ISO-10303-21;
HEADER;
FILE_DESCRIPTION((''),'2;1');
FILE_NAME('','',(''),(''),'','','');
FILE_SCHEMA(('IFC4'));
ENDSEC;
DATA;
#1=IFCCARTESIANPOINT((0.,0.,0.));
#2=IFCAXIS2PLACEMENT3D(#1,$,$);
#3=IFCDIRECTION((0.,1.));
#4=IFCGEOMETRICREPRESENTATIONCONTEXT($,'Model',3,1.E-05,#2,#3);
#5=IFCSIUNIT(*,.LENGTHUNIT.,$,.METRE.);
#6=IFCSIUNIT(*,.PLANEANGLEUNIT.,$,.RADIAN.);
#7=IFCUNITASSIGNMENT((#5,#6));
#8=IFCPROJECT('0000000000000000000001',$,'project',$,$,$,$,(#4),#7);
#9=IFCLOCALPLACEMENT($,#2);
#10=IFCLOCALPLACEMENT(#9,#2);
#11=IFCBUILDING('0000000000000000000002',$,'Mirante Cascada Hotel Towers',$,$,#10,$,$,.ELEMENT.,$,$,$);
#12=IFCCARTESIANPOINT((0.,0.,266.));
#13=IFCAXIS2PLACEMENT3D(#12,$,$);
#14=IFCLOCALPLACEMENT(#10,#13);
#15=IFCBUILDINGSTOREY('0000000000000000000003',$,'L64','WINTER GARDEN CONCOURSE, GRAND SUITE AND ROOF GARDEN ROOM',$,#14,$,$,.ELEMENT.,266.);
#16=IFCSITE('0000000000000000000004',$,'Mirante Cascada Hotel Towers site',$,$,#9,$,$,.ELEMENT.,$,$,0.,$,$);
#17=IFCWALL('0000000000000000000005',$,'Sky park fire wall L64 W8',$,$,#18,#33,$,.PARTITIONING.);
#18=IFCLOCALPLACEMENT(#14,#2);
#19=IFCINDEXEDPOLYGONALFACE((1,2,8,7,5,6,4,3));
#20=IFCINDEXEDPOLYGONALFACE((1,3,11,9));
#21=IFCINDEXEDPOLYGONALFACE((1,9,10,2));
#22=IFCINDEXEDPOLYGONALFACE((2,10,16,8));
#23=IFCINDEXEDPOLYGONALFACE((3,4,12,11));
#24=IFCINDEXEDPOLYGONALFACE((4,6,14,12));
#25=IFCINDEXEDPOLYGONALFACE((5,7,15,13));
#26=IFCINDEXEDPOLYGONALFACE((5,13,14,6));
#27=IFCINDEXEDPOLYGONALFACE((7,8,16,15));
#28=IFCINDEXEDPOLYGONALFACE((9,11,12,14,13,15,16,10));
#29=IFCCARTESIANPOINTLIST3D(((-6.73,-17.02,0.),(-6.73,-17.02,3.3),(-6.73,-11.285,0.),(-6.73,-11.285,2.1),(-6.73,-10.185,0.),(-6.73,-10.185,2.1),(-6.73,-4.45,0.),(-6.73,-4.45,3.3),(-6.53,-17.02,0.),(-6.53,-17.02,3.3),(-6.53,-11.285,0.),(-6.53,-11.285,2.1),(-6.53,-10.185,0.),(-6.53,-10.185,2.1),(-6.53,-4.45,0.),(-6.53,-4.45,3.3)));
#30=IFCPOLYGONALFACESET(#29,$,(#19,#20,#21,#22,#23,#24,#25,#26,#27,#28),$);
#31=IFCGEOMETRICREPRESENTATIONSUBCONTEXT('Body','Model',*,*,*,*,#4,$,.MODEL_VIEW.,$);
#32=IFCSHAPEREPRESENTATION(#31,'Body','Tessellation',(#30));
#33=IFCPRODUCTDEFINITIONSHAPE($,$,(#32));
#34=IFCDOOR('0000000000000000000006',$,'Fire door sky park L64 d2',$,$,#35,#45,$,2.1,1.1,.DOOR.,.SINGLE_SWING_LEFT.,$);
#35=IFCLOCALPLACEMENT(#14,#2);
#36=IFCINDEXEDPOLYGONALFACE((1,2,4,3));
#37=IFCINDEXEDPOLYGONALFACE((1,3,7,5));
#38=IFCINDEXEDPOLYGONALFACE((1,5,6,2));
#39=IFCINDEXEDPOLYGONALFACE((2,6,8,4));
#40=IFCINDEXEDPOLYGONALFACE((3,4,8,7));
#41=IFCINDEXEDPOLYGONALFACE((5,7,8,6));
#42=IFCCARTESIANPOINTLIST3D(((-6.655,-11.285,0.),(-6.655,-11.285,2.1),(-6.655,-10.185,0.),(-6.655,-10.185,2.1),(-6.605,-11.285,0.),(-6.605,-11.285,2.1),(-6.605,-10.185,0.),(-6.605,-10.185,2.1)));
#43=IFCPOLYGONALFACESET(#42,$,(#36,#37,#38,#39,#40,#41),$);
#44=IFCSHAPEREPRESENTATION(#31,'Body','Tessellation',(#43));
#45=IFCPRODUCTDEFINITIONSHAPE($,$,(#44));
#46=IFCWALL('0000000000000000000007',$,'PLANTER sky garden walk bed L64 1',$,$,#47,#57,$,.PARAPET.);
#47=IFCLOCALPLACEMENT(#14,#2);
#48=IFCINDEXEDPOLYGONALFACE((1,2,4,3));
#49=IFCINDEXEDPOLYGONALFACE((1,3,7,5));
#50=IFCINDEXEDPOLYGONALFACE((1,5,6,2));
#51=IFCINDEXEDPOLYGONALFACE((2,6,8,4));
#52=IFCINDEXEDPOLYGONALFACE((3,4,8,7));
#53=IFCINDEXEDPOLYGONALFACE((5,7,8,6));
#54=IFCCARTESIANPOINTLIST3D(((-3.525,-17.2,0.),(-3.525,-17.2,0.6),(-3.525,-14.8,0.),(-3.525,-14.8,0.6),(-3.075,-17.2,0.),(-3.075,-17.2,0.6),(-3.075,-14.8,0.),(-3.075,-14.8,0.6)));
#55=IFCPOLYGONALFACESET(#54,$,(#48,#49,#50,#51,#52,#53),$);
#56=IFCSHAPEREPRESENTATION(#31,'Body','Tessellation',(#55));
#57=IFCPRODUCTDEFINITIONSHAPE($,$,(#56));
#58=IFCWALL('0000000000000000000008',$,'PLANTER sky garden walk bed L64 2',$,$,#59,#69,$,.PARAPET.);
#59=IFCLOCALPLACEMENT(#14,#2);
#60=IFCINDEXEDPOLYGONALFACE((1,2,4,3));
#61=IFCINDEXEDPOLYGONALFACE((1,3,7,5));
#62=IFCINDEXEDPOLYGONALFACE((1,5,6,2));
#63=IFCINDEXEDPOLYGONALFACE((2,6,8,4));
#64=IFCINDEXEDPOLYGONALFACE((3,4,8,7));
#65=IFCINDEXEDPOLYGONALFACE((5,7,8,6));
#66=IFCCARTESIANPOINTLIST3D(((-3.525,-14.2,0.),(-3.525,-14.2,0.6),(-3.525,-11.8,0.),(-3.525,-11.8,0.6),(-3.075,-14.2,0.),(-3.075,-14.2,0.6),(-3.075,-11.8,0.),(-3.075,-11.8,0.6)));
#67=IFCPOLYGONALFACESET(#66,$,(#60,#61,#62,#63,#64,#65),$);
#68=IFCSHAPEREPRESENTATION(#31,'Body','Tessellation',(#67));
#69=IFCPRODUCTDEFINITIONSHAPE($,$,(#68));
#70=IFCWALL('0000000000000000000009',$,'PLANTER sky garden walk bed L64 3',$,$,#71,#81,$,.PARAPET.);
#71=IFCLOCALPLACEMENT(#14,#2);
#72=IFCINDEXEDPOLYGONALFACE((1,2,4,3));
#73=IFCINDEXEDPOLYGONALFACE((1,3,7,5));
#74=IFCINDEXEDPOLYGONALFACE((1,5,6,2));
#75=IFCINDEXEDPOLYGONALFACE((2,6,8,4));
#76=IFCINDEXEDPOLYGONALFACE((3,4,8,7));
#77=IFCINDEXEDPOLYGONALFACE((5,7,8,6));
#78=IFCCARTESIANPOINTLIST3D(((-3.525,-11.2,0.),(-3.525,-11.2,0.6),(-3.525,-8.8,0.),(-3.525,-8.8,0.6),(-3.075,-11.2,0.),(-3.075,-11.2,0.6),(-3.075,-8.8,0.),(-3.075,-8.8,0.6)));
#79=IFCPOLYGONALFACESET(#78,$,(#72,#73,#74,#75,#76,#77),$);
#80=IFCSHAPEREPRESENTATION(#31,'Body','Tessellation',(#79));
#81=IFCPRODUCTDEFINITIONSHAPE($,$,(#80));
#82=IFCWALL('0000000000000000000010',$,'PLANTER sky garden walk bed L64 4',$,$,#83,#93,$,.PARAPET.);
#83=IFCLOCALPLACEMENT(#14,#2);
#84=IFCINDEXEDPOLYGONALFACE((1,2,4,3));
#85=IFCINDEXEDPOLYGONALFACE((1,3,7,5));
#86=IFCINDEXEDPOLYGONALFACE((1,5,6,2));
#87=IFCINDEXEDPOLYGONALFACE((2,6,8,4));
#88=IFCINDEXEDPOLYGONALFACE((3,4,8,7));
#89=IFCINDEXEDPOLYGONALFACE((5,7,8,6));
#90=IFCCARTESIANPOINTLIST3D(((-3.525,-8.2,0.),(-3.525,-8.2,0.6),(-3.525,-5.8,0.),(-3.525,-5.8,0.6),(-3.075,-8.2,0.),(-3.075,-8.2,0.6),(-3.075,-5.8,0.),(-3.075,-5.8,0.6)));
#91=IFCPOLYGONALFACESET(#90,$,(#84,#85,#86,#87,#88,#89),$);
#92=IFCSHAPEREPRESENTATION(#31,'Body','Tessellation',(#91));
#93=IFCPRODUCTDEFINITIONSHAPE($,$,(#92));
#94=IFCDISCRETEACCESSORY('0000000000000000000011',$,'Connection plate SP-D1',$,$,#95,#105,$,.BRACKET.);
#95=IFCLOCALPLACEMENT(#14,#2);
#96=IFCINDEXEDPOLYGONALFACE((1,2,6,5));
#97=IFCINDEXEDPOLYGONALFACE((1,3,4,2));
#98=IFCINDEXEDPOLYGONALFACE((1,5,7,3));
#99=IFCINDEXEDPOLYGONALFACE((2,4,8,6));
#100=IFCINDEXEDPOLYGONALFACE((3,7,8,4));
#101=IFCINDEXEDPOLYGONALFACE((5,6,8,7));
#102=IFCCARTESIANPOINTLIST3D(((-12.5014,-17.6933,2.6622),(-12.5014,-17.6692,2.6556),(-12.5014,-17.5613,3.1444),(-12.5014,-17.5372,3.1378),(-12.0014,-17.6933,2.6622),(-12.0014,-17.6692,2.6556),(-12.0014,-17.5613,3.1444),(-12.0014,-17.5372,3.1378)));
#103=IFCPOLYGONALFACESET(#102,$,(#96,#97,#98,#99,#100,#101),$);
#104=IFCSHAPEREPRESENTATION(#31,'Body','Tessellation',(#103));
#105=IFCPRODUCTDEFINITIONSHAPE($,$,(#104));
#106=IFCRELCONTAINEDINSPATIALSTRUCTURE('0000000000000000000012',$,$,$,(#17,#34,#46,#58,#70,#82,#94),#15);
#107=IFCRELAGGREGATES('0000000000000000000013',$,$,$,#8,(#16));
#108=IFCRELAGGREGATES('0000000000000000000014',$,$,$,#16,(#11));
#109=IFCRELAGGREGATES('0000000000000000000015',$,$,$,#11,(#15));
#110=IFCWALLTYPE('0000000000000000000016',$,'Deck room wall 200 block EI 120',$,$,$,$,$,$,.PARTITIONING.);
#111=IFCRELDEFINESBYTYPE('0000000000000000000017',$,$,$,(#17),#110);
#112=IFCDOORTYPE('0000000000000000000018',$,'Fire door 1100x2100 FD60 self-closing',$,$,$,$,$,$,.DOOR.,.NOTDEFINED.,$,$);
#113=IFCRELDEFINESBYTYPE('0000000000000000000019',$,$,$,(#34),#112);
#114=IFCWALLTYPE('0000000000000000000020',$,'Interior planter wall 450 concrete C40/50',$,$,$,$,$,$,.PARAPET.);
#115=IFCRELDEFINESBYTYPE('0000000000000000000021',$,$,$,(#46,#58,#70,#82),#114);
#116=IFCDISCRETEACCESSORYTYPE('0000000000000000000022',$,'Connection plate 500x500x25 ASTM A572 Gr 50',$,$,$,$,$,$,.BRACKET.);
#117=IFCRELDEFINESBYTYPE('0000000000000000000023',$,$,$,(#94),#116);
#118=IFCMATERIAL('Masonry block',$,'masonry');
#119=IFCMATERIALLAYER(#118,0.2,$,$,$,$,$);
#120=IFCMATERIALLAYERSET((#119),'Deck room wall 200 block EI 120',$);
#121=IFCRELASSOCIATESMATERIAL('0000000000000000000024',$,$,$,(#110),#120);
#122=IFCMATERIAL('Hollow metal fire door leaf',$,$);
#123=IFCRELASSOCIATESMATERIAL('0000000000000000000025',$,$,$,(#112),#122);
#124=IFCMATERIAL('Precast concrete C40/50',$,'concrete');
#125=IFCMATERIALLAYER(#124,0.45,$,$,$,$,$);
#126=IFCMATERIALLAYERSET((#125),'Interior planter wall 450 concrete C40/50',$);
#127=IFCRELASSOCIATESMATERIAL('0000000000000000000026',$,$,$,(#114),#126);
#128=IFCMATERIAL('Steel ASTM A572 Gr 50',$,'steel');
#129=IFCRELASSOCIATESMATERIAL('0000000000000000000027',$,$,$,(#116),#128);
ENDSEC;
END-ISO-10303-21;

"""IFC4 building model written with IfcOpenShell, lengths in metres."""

from ifc_helpers import new_model, si_unit, direction, frame, frame_2d, origin, origin_2d, place, context, subcontext, project, spatial, rectangle, extrude, material, layer, layer_set, material_profile, profile_set, type_object, element, fill, save


model = new_model("IFC4")

# Units and contexts
model_context = context("Model", 3, precision=1e-05, world=origin(), true_north=direction((0.0, 1.0)))
body_context = subcontext(model_context, "Body", "Model", "MODEL_VIEW")
ifc_project = project(units=[si_unit("LENGTHUNIT", "METRE"), si_unit("PLANEANGLEUNIT", "RADIAN")], contexts=[model_context])

# Site, building, storey
site_placement = place(None, origin())
site = spatial("IfcSite", under=ifc_project, at=site_placement, Name="Mirante Cascada Hotel Towers site", CompositionType="ELEMENT", RefElevation=0.0)
building_placement = place(site_placement, origin())
building = spatial("IfcBuilding", under=site, at=building_placement, Name="Mirante Cascada Hotel Towers", CompositionType="ELEMENT")
storey_placement = place(building_placement, frame((0.0, 0.0, 266.0)))
storey = spatial("IfcBuildingStorey", under=building, at=storey_placement, Name="L64", Description="WINTER GARDEN CONCOURSE, GRAND SUITE AND ROOF GARDEN ROOM", CompositionType="ELEMENT", Elevation=266.0)

# Shared definitions
ifc_material_1 = material(Name="Masonry block", Category="masonry")
ifc_layer_1 = layer(ifc_material_1, 0.2)
ifc_layer_set_1 = layer_set([ifc_layer_1], Name="Deck room wall 200 block EI 120")
wall_type_1 = type_object("IfcWallType", Name="Deck room wall 200 block EI 120", PredefinedType="PARTITIONING", material=ifc_layer_set_1)

# Wall, opening, door
wall_1_placement = place(storey_placement, frame((-6.63, -17.02, 0.0), z_axis=(0.0, 0.0, 1.0), x_axis=(0.0, 1.0, 0.0)))
wall_1 = element("IfcWall", 1, at=wall_1_placement, inside=storey, type_object=wall_type_1, Name="Sky park fire wall L64 W8", PredefinedType="PARTITIONING", context=body_context, shape_type="SweptSolid", body=[
    extrude(rectangle(XDim=12.57, YDim=0.2, at=frame_2d((6.285, 0.0))), origin(), (0.0, 0.0, 1.0), 3.3),
])
opening_placement = place(wall_1_placement, frame((5.735, 0.0, 0.0)))
opening = element("IfcOpeningElement", 2, at=opening_placement, cuts=wall_1, PredefinedType="OPENING", context=body_context, shape_type="SweptSolid", body=[
    extrude(rectangle(XDim=1.1, YDim=2.1, at=frame_2d((0.55, 1.05))), frame((0.0, 0.1, 0.0), z_axis=(0.0, -1.0, 0.0), x_axis=(1.0, 0.0, 0.0)), (0.0, 0.0, 1.0), 0.2),
])
ifc_material_2 = material(Name="Hollow metal fire door leaf")
door_type = type_object("IfcDoorType", Name="Fire door 1100x2100 FD60 self-closing", OperationType="NOTDEFINED", PredefinedType="DOOR", material=ifc_material_2)
door_placement = place(opening_placement, origin())
door = element("IfcDoor", 3, at=door_placement, inside=storey, type_object=door_type, Name="Fire door sky park L64 d2", OperationType="SINGLE_SWING_LEFT", OverallHeight=2.1, OverallWidth=1.1, PredefinedType="DOOR", context=body_context, shape_type="SweptSolid", body=[
    extrude(rectangle(XDim=1.1, YDim=2.1, at=frame_2d((0.55, 1.05))), frame((0.0, 0.025, 0.0), z_axis=(0.0, -1.0, 0.0), x_axis=(1.0, 0.0, 0.0)), (0.0, 0.0, 1.0), 0.05),
])
fill(opening, door)

# Walls
ifc_material_3 = material(Name="Precast concrete C40/50", Category="concrete")
ifc_layer_2 = layer(ifc_material_3, 0.45)
ifc_layer_set_2 = layer_set([ifc_layer_2], Name="Interior planter wall 450 concrete C40/50")
wall_type_2 = type_object("IfcWallType", Name="Interior planter wall 450 concrete C40/50", PredefinedType="PARAPET", material=ifc_layer_set_2)
for number, where, z_axis, x_axis, name in (
    (4, (-3.3, -17.2, 0.0), (0.0, 0.0, 1.0), (0.0, 1.0, 0.0), "PLANTER sky garden walk bed L64 1"),
    (5, (-3.3, -14.2, 0.0), (0.0, 0.0, 1.0), (0.0, 1.0, 0.0), "PLANTER sky garden walk bed L64 2"),
    (6, (-3.3, -11.2, 0.0), (0.0, 0.0, 1.0), (0.0, 1.0, 0.0), "PLANTER sky garden walk bed L64 3"),
    (7, (-3.3, -8.2, 0.0), (0.0, 0.0, 1.0), (0.0, 1.0, 0.0), "PLANTER sky garden walk bed L64 4"),
):
    element("IfcWall", number, at=place(storey_placement, frame(where, z_axis=z_axis, x_axis=x_axis)), inside=storey, type_object=wall_type_2, Name=name, PredefinedType="PARAPET", context=body_context, shape_type="SweptSolid", body=[
        extrude(rectangle(XDim=2.4, YDim=0.45, at=frame_2d((1.2, 0.0))), origin(), (0.0, 0.0, 1.0), 0.6),
    ])

# Discrete accessory
ifc_material_4 = material(Name="Steel ASTM A572 Gr 50", Category="steel")
ifc_material_profile_1 = material_profile(ifc_material_4, rectangle(XDim=0.5, YDim=0.5, at=origin_2d()), Name="Connection plate 500x500x25 ASTM A572 Gr 50")
ifc_profile_set_1 = profile_set([ifc_material_profile_1], Name="Steel ASTM A572 Gr 50")
discrete_accessory_type = type_object("IfcDiscreteAccessoryType", Name="Connection plate 500x500x25 ASTM A572 Gr 50", PredefinedType="BRACKET", material=ifc_profile_set_1)
discrete_accessory_placement = place(storey_placement, frame((-12.2514, -17.6032, 2.8967), z_axis=(0.0, -0.964486, 0.264133), x_axis=(1.0, 0.0, 0.0)))
element("IfcDiscreteAccessory", 8, at=discrete_accessory_placement, inside=storey, type_object=discrete_accessory_type, Name="Connection plate SP-D1", PredefinedType="BRACKET", context=body_context, shape_type="SweptSolid", body=[
    extrude(rectangle(XDim=0.5, YDim=0.5, at=origin_2d()), origin(), (0.0, 0.0, 1.0), 0.025),
])

save(model, "model.ifc")
